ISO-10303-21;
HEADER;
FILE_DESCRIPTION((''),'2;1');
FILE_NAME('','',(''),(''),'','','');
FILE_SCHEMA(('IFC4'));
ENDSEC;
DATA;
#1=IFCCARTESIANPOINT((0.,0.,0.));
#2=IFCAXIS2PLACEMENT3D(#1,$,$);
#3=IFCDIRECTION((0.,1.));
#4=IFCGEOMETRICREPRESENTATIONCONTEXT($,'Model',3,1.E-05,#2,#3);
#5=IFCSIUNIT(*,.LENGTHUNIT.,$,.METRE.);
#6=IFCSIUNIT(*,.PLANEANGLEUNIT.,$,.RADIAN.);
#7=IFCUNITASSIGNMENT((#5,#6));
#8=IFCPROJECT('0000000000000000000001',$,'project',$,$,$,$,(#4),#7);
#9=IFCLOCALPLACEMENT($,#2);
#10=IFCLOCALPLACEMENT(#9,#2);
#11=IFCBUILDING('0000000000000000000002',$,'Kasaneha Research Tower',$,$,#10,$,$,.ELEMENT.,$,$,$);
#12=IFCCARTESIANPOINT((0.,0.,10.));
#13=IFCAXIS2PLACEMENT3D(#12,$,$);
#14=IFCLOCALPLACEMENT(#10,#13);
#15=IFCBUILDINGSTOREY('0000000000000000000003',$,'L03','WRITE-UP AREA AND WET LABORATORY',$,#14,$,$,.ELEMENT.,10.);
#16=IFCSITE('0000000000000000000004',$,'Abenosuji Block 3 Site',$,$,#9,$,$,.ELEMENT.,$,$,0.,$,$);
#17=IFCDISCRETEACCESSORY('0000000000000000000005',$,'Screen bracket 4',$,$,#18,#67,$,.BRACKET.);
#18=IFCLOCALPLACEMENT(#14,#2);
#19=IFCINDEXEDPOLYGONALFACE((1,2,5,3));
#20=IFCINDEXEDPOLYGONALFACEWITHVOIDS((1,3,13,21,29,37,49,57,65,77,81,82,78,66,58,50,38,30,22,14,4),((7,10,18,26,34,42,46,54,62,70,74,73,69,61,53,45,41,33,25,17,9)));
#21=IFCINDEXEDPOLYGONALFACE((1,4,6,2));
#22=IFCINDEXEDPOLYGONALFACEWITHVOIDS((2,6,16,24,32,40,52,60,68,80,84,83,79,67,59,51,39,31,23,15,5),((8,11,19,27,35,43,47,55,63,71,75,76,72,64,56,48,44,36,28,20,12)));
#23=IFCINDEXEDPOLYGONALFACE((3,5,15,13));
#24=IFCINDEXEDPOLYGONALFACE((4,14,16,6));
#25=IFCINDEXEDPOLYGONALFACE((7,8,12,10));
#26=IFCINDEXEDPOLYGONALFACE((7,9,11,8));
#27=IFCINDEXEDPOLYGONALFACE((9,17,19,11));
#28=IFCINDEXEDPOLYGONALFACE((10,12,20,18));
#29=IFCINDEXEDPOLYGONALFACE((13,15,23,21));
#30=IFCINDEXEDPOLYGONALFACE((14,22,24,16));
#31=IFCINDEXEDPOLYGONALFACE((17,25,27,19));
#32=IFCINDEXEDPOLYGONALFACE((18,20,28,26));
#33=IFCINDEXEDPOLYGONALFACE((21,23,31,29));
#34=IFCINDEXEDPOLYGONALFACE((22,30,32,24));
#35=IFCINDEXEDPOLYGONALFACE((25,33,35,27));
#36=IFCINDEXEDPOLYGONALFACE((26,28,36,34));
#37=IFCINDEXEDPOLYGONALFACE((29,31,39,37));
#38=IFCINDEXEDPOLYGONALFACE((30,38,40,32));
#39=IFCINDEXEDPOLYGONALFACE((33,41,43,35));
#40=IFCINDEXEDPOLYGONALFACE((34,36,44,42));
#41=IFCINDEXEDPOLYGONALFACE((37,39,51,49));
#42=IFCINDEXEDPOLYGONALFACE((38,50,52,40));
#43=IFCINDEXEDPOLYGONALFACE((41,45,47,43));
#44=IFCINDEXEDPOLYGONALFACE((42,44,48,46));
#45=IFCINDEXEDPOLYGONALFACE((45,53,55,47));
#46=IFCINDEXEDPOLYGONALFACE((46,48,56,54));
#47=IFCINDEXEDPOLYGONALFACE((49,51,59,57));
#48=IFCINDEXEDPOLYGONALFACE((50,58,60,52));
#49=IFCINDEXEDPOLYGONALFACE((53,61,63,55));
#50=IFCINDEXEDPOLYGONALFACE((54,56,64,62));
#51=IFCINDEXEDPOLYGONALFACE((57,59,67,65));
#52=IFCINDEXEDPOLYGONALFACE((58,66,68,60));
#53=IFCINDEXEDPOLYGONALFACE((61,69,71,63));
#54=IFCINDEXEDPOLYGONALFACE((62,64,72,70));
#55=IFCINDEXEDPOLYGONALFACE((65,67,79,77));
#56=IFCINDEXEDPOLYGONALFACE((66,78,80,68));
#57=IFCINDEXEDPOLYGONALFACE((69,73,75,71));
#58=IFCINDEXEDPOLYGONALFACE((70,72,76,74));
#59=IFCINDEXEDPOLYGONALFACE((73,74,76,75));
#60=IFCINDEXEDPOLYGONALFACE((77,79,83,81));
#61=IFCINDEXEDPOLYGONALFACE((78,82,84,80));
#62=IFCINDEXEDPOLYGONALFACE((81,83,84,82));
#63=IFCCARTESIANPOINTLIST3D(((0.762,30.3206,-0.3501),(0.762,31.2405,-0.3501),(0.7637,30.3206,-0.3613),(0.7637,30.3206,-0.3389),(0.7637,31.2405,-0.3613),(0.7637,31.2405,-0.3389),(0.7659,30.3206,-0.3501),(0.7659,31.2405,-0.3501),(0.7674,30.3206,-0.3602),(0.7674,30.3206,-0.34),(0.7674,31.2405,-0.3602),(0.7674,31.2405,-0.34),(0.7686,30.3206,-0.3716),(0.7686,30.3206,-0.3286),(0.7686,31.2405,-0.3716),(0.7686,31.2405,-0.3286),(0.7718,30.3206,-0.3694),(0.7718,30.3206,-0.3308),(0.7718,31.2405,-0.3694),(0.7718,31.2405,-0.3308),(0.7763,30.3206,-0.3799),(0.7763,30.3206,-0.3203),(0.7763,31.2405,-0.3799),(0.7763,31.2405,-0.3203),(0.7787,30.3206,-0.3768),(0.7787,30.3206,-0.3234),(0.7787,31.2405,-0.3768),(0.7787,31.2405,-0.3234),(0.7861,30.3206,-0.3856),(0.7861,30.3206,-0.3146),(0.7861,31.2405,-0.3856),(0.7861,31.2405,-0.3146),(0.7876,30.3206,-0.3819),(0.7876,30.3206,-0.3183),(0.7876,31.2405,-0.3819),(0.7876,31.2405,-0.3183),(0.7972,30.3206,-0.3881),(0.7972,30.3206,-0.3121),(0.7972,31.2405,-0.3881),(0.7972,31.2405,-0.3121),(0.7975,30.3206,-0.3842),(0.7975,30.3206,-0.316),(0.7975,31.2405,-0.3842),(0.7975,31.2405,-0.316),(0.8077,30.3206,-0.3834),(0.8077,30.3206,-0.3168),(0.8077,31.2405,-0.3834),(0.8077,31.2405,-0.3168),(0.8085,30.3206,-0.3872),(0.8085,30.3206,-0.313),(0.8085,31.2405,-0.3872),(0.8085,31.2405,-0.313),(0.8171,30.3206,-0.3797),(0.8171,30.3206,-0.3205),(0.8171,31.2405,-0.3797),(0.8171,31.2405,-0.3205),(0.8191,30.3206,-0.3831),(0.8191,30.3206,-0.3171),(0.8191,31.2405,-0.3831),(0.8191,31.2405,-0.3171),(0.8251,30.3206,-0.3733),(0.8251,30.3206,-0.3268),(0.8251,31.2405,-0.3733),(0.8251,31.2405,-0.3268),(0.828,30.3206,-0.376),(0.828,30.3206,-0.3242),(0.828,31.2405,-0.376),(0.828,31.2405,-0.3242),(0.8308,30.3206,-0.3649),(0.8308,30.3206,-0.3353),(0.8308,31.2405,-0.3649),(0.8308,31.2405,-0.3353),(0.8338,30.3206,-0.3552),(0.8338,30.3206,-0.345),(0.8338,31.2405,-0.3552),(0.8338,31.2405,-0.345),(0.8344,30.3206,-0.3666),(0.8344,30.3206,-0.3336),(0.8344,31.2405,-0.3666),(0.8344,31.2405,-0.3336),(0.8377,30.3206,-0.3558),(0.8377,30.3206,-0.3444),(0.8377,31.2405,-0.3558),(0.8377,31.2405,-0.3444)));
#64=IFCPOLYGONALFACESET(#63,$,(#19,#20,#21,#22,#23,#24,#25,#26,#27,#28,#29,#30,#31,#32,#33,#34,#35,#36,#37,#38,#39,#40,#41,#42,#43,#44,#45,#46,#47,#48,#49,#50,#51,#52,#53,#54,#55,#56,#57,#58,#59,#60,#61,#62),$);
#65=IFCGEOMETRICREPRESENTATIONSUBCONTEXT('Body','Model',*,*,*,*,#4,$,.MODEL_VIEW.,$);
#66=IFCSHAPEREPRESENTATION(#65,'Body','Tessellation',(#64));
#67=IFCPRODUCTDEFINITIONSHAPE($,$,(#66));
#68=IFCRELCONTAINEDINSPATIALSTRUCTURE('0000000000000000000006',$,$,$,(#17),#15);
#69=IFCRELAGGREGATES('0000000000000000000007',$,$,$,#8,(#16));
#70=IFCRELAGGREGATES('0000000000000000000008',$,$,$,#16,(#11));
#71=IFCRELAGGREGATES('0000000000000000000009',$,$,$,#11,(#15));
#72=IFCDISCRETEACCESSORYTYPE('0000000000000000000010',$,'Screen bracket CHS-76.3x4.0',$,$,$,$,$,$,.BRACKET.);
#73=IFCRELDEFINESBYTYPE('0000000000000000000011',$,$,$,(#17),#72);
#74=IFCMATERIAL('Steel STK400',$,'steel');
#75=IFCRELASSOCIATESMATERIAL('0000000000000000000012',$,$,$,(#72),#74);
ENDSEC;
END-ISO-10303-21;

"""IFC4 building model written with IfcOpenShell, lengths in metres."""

from ifc_helpers import new_model, si_unit, direction, frame, origin, origin_2d, place, context, subcontext, project, spatial, hollow_circle, extrude, material, material_profile, profile_set, type_object, element, save


model = new_model("IFC4")

# Units and contexts
model_context = context("Model", 3, precision=1e-05, world=origin(), true_north=direction((0.0, 1.0)))
body_context = subcontext(model_context, "Body", "Model", "MODEL_VIEW")
ifc_project = project(units=[si_unit("LENGTHUNIT", "METRE"), si_unit("PLANEANGLEUNIT", "RADIAN")], contexts=[model_context])

# Site, building, storey
site_placement = place(None, origin())
site = spatial("IfcSite", under=ifc_project, at=site_placement, Name="Abenosuji Block 3 Site", CompositionType="ELEMENT", RefElevation=0.0)
building_placement = place(site_placement, origin())
building = spatial("IfcBuilding", under=site, at=building_placement, Name="Kasaneha Research Tower", CompositionType="ELEMENT")
storey_placement = place(building_placement, frame((0.0, 0.0, 10.0)))
storey = spatial("IfcBuildingStorey", under=building, at=storey_placement, Name="L03", Description="WRITE-UP AREA AND WET LABORATORY", CompositionType="ELEMENT", Elevation=10.0)

# Discrete accessory
ifc_material_1 = material(Name="Steel STK400", Category="steel")
ifc_material_profile_1 = material_profile(ifc_material_1, hollow_circle(Radius=0.0381, WallThickness=0.0039, at=origin_2d()), Name="CHS-76.3x4.0")
ifc_profile_set_1 = profile_set([ifc_material_profile_1], Name="Steel STK400")
discrete_accessory_type = type_object("IfcDiscreteAccessoryType", Name="Screen bracket CHS-76.3x4.0", PredefinedType="BRACKET", material=ifc_profile_set_1)
for number, where, z_axis, x_axis, name in (
    (1, (0.8, 30.3206, -0.3501), (0.0, 1.0, 0.0), (-1.0, 0.0, 0.0), "Screen bracket 4"),
):
    element("IfcDiscreteAccessory", number, at=place(storey_placement, frame(where, z_axis=z_axis, x_axis=x_axis)), inside=storey, type_object=discrete_accessory_type, Name=name, PredefinedType="BRACKET", context=body_context, shape_type="SweptSolid", body=[
        extrude(hollow_circle(Radius=0.0381, WallThickness=0.0039, at=origin_2d()), origin(), (0.0, 0.0, 1.0), 0.9199),
    ])

save(model, "model.ifc")
